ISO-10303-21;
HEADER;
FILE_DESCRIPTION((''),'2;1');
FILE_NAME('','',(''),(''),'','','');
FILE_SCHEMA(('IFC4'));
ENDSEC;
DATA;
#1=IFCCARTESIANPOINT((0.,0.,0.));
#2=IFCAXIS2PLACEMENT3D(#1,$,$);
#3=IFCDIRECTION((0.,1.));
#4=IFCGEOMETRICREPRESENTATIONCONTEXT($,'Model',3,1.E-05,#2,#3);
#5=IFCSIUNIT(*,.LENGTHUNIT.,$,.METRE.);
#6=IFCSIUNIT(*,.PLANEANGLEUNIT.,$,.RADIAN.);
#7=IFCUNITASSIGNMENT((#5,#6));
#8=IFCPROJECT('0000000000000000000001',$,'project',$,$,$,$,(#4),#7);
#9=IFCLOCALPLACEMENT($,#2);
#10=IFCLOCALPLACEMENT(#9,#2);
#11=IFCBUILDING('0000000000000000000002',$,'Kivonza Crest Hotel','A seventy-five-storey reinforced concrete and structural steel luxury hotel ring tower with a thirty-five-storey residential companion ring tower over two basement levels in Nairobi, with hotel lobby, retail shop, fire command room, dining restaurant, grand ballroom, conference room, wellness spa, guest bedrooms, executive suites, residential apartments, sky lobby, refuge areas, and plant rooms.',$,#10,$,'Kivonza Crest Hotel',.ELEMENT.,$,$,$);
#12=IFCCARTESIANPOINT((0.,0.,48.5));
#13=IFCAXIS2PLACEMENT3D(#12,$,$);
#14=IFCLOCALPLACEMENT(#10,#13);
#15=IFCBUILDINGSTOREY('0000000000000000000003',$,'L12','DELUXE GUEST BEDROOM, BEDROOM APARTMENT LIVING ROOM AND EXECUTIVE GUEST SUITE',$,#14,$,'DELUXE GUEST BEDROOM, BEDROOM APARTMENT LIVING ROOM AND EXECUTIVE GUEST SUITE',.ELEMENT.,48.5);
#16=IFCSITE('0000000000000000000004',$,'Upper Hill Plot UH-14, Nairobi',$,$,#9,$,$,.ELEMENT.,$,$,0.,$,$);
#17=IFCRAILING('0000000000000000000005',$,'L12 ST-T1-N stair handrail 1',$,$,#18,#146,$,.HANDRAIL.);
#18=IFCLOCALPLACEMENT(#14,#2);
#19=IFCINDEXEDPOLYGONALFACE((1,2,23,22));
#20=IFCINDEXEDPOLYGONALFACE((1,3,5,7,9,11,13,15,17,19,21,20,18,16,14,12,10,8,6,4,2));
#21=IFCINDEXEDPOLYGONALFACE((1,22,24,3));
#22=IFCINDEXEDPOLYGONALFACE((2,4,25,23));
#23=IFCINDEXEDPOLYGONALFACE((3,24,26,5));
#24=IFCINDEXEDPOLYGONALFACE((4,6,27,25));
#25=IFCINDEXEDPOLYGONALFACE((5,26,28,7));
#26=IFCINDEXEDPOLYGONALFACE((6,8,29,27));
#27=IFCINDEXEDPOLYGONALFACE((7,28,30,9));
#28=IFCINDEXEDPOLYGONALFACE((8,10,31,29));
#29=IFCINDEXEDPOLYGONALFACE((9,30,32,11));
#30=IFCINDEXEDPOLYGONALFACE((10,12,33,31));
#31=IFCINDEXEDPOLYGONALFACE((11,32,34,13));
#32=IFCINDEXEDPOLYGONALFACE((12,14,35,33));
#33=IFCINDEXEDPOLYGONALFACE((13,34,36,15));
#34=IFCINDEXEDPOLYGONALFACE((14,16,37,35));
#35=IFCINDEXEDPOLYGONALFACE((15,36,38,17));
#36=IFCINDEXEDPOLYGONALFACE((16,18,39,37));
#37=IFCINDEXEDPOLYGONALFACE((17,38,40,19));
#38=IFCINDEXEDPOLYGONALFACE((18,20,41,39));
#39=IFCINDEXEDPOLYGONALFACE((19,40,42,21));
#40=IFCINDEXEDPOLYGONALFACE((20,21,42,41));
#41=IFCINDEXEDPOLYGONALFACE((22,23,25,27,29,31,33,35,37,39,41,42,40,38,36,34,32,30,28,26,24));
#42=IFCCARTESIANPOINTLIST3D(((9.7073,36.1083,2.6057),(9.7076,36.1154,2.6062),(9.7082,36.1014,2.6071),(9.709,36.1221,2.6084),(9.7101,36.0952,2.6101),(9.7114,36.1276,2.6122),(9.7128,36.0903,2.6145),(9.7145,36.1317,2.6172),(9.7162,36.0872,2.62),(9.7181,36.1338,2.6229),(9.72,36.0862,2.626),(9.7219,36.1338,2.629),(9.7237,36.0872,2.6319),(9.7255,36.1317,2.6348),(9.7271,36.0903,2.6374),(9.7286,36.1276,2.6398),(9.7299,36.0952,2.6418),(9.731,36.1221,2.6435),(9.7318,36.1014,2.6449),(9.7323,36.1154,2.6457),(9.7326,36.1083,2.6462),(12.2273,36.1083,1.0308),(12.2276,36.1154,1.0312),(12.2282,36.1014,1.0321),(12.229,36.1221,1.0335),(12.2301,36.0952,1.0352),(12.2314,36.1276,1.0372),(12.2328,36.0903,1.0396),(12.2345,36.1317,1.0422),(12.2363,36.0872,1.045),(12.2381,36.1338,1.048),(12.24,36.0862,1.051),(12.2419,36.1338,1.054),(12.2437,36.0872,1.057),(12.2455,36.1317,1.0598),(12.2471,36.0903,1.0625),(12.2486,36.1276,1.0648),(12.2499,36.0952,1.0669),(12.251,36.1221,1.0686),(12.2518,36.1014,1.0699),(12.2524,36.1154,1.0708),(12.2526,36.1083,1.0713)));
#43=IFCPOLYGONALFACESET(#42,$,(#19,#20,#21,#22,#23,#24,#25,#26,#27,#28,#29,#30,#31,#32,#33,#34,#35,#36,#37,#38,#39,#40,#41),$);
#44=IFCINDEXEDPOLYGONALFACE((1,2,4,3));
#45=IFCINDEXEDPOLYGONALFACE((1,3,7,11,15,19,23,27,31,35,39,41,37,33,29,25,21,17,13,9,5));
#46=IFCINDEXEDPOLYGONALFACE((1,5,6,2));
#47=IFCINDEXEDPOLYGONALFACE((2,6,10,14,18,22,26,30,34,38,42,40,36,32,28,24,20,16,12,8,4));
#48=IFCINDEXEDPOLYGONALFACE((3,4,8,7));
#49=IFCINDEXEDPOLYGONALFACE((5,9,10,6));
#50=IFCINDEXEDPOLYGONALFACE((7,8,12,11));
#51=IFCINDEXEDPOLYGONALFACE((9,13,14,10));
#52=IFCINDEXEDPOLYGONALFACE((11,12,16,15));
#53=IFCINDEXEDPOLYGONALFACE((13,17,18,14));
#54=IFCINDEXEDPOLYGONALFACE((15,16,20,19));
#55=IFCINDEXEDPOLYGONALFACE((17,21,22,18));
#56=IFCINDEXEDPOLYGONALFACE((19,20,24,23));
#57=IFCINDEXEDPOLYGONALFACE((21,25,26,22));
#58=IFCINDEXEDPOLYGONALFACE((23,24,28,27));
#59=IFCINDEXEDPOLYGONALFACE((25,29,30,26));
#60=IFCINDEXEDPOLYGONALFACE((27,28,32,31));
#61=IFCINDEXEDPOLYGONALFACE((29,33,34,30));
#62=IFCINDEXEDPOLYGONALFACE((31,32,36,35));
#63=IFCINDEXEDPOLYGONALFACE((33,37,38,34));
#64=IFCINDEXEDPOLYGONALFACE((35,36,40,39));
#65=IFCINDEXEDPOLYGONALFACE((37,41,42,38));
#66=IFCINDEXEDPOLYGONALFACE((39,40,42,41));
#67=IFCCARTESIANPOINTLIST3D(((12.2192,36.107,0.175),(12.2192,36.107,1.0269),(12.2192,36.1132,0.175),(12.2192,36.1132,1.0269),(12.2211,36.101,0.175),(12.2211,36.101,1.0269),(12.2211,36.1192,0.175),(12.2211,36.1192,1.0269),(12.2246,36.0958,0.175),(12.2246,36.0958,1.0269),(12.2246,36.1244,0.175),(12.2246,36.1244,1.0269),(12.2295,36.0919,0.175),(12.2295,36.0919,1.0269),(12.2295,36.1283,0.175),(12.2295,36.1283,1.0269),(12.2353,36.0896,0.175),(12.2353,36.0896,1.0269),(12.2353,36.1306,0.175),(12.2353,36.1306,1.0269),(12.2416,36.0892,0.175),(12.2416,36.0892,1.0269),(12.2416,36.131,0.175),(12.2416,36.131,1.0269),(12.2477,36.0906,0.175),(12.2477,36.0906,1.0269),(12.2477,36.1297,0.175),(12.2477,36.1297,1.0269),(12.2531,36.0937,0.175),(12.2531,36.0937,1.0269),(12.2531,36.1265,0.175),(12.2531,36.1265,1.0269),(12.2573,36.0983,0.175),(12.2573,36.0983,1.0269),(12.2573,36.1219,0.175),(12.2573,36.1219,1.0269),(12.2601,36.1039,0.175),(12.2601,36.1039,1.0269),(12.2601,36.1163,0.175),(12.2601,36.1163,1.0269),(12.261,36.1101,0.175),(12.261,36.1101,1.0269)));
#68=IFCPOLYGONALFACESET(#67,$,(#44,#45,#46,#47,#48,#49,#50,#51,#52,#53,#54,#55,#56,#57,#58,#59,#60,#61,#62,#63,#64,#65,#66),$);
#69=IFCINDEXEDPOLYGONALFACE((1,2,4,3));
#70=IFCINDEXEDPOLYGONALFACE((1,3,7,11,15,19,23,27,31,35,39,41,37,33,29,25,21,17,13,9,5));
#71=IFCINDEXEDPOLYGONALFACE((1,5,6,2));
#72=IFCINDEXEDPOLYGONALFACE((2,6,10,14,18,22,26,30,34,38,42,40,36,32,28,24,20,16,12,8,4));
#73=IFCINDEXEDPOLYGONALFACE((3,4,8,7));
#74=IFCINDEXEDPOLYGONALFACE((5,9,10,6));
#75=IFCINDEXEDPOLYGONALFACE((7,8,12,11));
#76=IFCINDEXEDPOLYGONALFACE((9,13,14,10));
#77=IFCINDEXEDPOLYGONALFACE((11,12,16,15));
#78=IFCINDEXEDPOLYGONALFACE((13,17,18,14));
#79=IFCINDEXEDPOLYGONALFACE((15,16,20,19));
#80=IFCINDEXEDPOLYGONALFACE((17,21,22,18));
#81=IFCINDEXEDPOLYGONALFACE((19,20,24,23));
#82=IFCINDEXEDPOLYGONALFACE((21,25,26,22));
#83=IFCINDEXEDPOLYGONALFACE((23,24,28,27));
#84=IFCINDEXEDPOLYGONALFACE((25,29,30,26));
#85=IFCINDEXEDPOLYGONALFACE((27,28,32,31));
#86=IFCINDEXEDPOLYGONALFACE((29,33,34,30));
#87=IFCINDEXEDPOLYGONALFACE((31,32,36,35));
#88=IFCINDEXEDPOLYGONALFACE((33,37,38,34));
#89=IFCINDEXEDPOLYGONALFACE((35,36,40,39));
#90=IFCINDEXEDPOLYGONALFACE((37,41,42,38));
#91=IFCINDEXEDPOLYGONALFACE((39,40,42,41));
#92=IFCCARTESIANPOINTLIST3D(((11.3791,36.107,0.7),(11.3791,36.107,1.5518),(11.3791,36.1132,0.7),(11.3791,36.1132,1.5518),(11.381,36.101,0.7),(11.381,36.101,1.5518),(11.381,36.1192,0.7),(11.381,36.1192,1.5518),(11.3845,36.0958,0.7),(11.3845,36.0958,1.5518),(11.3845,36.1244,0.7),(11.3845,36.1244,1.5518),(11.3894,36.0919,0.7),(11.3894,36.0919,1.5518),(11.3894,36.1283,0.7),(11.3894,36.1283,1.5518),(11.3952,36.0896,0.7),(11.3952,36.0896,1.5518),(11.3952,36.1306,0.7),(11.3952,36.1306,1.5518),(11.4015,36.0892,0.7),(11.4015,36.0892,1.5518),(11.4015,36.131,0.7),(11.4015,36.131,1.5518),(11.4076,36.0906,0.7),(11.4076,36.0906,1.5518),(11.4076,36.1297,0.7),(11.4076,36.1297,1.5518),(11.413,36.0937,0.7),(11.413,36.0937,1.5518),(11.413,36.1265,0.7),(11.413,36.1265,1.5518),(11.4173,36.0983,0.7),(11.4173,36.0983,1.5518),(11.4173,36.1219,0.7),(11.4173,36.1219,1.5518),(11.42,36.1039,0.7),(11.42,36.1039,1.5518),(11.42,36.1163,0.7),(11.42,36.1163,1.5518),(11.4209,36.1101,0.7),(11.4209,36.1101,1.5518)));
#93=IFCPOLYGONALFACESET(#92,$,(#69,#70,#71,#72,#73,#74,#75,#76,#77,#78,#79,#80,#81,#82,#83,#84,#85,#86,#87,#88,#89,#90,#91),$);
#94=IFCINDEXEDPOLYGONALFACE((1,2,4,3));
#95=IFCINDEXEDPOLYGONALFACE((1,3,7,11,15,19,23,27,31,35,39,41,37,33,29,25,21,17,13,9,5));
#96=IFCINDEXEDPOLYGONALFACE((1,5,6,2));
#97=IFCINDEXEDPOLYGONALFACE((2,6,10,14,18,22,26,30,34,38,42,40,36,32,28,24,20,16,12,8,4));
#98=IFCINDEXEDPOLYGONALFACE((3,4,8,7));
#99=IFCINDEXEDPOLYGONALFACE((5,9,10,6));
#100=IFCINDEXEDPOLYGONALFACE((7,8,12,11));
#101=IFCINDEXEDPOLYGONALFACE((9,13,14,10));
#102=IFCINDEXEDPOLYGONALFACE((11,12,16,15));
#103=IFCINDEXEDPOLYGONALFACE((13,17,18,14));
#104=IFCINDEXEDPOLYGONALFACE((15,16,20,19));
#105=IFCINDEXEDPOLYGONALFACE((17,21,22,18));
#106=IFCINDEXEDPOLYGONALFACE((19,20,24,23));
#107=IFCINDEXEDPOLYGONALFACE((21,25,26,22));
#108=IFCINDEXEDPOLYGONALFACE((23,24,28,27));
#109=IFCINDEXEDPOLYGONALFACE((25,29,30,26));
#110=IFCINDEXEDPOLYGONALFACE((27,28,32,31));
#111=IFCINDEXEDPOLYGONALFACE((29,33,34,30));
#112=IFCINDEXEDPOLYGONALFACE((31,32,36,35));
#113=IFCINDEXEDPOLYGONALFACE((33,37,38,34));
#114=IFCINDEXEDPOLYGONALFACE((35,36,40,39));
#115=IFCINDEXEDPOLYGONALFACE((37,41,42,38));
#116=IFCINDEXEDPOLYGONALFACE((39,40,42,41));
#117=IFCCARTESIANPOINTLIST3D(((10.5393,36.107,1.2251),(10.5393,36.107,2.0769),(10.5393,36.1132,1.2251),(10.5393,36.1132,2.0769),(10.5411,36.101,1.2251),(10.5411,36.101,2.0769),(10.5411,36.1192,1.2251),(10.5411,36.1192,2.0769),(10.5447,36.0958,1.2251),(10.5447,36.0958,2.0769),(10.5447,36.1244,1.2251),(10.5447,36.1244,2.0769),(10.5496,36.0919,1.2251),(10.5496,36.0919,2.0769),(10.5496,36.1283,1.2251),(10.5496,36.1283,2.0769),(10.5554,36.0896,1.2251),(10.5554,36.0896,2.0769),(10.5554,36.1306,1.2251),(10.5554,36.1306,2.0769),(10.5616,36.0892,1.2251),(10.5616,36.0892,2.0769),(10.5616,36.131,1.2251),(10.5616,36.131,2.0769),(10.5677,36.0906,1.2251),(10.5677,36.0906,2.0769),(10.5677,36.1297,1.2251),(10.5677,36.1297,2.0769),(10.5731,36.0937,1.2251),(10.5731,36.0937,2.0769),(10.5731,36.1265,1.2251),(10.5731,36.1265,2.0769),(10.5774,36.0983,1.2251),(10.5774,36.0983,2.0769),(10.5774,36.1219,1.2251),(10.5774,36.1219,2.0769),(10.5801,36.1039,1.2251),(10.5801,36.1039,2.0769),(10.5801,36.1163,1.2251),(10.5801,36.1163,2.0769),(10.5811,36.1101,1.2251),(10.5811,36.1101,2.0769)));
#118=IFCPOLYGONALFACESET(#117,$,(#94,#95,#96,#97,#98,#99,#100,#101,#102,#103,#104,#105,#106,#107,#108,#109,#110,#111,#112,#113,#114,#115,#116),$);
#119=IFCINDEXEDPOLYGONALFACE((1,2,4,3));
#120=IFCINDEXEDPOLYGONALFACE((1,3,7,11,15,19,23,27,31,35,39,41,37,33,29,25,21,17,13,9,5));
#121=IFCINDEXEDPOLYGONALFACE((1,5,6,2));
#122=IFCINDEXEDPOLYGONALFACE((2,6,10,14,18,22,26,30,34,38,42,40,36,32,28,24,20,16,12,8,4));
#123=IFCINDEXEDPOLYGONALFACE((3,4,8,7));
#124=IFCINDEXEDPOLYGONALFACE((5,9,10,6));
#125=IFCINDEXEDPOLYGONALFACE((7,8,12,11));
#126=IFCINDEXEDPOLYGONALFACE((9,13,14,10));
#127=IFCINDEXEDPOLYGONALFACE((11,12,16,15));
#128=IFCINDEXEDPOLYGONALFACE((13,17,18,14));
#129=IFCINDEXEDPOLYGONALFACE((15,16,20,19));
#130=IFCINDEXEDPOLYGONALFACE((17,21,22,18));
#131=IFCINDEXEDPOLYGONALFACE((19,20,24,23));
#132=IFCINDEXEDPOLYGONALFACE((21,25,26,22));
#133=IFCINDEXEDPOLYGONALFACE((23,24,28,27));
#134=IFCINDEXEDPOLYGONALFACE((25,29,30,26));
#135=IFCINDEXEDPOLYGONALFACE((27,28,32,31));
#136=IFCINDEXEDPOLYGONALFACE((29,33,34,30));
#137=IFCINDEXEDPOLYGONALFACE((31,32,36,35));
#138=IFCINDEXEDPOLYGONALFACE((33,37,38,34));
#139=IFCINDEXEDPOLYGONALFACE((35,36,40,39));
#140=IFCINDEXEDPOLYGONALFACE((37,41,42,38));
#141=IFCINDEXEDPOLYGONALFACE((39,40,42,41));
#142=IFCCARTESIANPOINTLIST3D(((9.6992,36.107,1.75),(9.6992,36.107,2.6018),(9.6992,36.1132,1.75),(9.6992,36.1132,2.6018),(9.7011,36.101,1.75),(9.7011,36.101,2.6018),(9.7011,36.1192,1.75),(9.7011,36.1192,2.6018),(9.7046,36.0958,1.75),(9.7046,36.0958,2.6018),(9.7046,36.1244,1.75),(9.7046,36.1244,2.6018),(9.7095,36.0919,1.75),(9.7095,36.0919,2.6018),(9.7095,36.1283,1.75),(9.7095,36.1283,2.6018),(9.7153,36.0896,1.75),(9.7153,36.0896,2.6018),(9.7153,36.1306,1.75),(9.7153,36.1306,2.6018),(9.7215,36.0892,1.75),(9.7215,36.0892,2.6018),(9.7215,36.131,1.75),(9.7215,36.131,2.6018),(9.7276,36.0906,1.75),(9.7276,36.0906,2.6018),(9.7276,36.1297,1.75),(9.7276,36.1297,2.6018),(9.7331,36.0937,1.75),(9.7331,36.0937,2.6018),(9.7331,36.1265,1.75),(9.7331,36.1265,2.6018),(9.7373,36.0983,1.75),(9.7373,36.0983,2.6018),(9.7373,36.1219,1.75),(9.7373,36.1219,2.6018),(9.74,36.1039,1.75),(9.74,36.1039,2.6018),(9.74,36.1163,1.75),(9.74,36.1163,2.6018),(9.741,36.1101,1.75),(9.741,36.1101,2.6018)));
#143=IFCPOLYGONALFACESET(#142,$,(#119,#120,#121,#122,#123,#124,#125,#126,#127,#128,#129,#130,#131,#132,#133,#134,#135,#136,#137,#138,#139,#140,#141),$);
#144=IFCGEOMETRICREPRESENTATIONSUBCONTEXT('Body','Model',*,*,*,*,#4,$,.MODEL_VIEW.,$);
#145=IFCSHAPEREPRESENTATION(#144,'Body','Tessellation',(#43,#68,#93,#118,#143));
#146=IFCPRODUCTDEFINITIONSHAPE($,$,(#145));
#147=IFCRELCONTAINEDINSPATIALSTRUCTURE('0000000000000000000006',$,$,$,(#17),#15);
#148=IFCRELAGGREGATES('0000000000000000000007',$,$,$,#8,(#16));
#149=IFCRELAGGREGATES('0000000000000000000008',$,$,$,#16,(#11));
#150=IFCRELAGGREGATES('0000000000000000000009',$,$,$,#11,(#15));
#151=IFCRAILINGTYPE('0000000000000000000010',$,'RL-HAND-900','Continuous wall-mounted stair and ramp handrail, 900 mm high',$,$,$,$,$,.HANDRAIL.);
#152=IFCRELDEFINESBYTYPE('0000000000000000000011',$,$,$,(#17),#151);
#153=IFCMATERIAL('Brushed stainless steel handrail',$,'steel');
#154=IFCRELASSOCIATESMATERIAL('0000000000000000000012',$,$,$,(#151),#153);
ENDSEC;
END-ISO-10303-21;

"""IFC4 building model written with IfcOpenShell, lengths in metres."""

from ifc_helpers import new_model, si_unit, direction, frame, origin, origin_2d, place, context, subcontext, project, spatial, circle, extrude, material, type_object, element, save


model = new_model("IFC4")

# Units and contexts
model_context = context("Model", 3, precision=1e-05, world=origin(), true_north=direction((0.0, 1.0)))
body_context = subcontext(model_context, "Body", "Model", "MODEL_VIEW")
ifc_project = project(units=[si_unit("LENGTHUNIT", "METRE"), si_unit("PLANEANGLEUNIT", "RADIAN")], contexts=[model_context])

# Site, building, storey
site_placement = place(None, origin())
site = spatial("IfcSite", under=ifc_project, at=site_placement, Name="Upper Hill Plot UH-14, Nairobi", CompositionType="ELEMENT", RefElevation=0.0)
building_placement = place(site_placement, origin())
building = spatial("IfcBuilding", under=site, at=building_placement, Name="Kivonza Crest Hotel", Description="A seventy-five-storey reinforced concrete and structural steel luxury hotel ring tower with a thirty-five-storey residential companion ring tower over two basement levels in Nairobi, with hotel lobby, retail shop, fire command room, dining restaurant, grand ballroom, conference room, wellness spa, guest bedrooms, executive suites, residential apartments, sky lobby, refuge areas, and plant rooms.", LongName="Kivonza Crest Hotel", CompositionType="ELEMENT")
storey_placement = place(building_placement, frame((0.0, 0.0, 48.5)))
storey = spatial("IfcBuildingStorey", under=building, at=storey_placement, Name="L12", Description="DELUXE GUEST BEDROOM, BEDROOM APARTMENT LIVING ROOM AND EXECUTIVE GUEST SUITE", LongName="DELUXE GUEST BEDROOM, BEDROOM APARTMENT LIVING ROOM AND EXECUTIVE GUEST SUITE", CompositionType="ELEMENT", Elevation=48.5)

# Railing
ifc_material_1 = material(Name="Brushed stainless steel handrail", Category="steel")
railing_type_1 = type_object("IfcRailingType", Name="RL-HAND-900", Description="Continuous wall-mounted stair and ramp handrail, 900 mm high", PredefinedType="HANDRAIL", material=ifc_material_1)
railing_1_placement = place(storey_placement, frame((12.24, 36.1101, 0.175)))
element("IfcRailing", 1, at=railing_1_placement, inside=storey, type_object=railing_type_1, Name="L12 ST-T1-N stair handrail 1", PredefinedType="HANDRAIL", context=body_context, shape_type="SweptSolid", body=[
    extrude(circle(Radius=0.0239, at=origin_2d()), frame((0.0, 0.0, 0.876), z_axis=(-0.848008, 0.0, 0.529984), x_axis=(0.0, -1.0, 0.0)), (0.0, 0.0, 1.0), 2.9717),
    extrude(circle(Radius=0.021, at=origin_2d()), origin(), (0.0, 0.0, 1.0), 0.8518),
    extrude(circle(Radius=0.021, at=origin_2d()), frame((-0.8401, 0.0, 0.5249)), (0.0, 0.0, 1.0), 0.8518),
    extrude(circle(Radius=0.021, at=origin_2d()), frame((-1.6799, 0.0, 1.05)), (0.0, 0.0, 1.0), 0.8518),
    extrude(circle(Radius=0.021, at=origin_2d()), frame((-2.52, 0.0, 1.575)), (0.0, 0.0, 1.0), 0.8518),
])

save(model, "model.ifc")
